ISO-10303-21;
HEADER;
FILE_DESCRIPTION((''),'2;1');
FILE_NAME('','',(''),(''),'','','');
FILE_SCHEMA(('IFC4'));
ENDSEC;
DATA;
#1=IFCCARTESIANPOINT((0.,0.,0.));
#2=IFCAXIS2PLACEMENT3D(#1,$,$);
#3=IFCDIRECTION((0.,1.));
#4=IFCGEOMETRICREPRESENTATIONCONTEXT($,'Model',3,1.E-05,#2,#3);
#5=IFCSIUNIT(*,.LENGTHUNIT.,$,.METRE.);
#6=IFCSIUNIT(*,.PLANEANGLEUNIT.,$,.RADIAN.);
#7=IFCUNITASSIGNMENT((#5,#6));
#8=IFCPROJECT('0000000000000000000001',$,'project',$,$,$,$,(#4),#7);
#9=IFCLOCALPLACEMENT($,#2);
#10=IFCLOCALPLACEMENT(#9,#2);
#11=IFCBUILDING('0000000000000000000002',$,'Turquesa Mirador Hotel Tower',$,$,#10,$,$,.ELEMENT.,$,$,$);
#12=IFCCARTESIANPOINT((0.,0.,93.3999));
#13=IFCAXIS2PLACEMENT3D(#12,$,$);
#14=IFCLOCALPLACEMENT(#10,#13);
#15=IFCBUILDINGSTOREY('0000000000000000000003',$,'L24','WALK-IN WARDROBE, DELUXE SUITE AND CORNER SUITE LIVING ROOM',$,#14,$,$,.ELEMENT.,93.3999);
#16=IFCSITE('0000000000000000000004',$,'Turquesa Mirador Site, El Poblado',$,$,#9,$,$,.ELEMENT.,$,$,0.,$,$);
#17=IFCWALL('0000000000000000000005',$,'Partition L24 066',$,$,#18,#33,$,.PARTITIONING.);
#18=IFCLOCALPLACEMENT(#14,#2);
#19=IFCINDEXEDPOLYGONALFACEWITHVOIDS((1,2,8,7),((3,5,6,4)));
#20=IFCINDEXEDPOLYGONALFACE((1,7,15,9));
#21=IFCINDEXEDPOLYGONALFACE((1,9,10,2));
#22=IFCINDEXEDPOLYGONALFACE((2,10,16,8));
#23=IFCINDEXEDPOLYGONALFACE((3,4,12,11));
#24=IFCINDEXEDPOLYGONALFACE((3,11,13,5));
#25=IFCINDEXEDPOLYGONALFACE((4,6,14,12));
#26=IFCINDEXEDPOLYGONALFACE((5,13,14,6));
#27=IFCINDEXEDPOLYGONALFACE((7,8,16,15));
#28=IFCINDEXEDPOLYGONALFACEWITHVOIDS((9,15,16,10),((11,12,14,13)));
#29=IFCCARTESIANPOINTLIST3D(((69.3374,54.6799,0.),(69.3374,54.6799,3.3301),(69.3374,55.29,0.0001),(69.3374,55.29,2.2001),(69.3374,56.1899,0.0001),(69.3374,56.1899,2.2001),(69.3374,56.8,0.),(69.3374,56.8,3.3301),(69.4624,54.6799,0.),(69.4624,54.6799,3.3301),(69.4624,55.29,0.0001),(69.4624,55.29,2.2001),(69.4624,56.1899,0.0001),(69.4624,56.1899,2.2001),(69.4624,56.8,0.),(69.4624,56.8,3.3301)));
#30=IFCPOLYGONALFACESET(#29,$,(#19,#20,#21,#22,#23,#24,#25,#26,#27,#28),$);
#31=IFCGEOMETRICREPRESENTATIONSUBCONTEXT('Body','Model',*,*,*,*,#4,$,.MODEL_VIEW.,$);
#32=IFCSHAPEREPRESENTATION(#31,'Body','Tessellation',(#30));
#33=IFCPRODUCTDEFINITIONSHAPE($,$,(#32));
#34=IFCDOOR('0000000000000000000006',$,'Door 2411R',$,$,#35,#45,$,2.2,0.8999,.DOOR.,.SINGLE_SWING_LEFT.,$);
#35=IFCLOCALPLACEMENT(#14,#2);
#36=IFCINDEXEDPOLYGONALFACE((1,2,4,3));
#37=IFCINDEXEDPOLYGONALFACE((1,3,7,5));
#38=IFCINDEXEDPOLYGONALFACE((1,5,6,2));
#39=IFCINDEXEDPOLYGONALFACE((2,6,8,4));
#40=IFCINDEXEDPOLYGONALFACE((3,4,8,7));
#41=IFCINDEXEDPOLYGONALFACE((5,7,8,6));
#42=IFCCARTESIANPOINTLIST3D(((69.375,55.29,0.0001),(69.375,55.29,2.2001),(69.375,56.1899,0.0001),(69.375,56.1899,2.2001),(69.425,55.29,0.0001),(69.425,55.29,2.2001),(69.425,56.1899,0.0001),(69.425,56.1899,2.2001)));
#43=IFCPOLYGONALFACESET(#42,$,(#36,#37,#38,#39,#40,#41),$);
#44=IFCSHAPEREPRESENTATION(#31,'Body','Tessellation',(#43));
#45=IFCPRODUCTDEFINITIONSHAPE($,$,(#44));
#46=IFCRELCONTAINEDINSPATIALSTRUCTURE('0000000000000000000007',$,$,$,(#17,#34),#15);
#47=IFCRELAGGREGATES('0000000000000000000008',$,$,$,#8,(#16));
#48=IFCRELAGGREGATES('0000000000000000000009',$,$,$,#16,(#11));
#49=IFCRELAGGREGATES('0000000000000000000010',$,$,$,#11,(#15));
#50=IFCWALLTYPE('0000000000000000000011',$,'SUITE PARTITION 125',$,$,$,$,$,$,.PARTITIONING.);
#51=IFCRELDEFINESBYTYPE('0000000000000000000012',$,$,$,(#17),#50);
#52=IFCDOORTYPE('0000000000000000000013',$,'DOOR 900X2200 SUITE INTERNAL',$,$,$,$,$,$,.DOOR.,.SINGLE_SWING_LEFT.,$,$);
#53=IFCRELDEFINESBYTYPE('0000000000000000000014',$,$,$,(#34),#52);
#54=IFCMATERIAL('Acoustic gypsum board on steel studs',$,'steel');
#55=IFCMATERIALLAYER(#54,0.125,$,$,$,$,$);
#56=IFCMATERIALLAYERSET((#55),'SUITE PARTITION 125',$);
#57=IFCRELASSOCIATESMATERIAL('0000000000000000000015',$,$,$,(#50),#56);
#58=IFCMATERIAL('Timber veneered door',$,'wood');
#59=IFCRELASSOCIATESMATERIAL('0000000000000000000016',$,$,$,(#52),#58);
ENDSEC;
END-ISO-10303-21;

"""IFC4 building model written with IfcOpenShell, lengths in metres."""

from ifc_helpers import new_model, si_unit, direction, frame, frame_2d, origin, place, context, subcontext, project, spatial, rectangle, extrude, material, layer, layer_set, type_object, element, fill, save


model = new_model("IFC4")

# Units and contexts
model_context = context("Model", 3, precision=1e-05, world=origin(), true_north=direction((0.0, 1.0)))
body_context = subcontext(model_context, "Body", "Model", "MODEL_VIEW")
ifc_project = project(units=[si_unit("LENGTHUNIT", "METRE"), si_unit("PLANEANGLEUNIT", "RADIAN")], contexts=[model_context])

# Site, building, storey
site_placement = place(None, origin())
site = spatial("IfcSite", under=ifc_project, at=site_placement, Name="Turquesa Mirador Site, El Poblado", CompositionType="ELEMENT", RefElevation=0.0)
building_placement = place(site_placement, origin())
building = spatial("IfcBuilding", under=site, at=building_placement, Name="Turquesa Mirador Hotel Tower", CompositionType="ELEMENT")
storey_placement = place(building_placement, frame((0.0, 0.0, 93.3999)))
storey = spatial("IfcBuildingStorey", under=building, at=storey_placement, Name="L24", Description="WALK-IN WARDROBE, DELUXE SUITE AND CORNER SUITE LIVING ROOM", CompositionType="ELEMENT", Elevation=93.3999)

# Shared definitions
ifc_material_1 = material(Name="Acoustic gypsum board on steel studs", Category="steel")
ifc_layer_1 = layer(ifc_material_1, 0.125)
ifc_layer_set_1 = layer_set([ifc_layer_1], Name="SUITE PARTITION 125")
wall_type_1 = type_object("IfcWallType", Name="SUITE PARTITION 125", PredefinedType="PARTITIONING", material=ifc_layer_set_1)

# Wall, opening, door
wall_1_placement = place(storey_placement, frame((69.3999, 54.6799, 0.0), z_axis=(0.0, 0.0, 1.0), x_axis=(0.0, 1.0, 0.0)))
wall_1 = element("IfcWall", 1, at=wall_1_placement, inside=storey, type_object=wall_type_1, Name="Partition L24 066", PredefinedType="PARTITIONING", context=body_context, shape_type="SweptSolid", body=[
    extrude(rectangle(XDim=2.1201, YDim=0.125, at=frame_2d((1.0601, 0.0))), origin(), (0.0, 0.0, 1.0), 3.3301),
])
opening_1_placement = place(wall_1_placement, frame((0.6101, 0.0, 0.0)))
opening_1 = element("IfcOpeningElement", 2, at=opening_1_placement, cuts=wall_1, PredefinedType="OPENING", context=body_context, shape_type="SweptSolid", body=[
    extrude(rectangle(XDim=0.8999, YDim=2.2, at=frame_2d((0.45, 1.1001))), frame((0.0, 0.0725, 0.0), z_axis=(0.0, -1.0, 0.0), x_axis=(1.0, 0.0, 0.0)), (0.0, 0.0, 1.0), 0.145),
])
ifc_material_2 = material(Name="Timber veneered door", Category="wood")
door_type_1 = type_object("IfcDoorType", Name="DOOR 900X2200 SUITE INTERNAL", OperationType="SINGLE_SWING_LEFT", PredefinedType="DOOR", material=ifc_material_2)
door_1_placement = place(opening_1_placement, origin())
door_1 = element("IfcDoor", 3, at=door_1_placement, inside=storey, type_object=door_type_1, Name="Door 2411R", OperationType="SINGLE_SWING_LEFT", OverallHeight=2.2, OverallWidth=0.8999, PredefinedType="DOOR", context=body_context, shape_type="SweptSolid", body=[
    extrude(rectangle(XDim=0.8999, YDim=2.2, at=frame_2d((0.45, 1.1001))), frame((0.0, 0.0249, 0.0), z_axis=(0.0, -1.0, 0.0), x_axis=(1.0, 0.0, 0.0)), (0.0, 0.0, 1.0), 0.05),
])
fill(opening_1, door_1)

save(model, "model.ifc")
